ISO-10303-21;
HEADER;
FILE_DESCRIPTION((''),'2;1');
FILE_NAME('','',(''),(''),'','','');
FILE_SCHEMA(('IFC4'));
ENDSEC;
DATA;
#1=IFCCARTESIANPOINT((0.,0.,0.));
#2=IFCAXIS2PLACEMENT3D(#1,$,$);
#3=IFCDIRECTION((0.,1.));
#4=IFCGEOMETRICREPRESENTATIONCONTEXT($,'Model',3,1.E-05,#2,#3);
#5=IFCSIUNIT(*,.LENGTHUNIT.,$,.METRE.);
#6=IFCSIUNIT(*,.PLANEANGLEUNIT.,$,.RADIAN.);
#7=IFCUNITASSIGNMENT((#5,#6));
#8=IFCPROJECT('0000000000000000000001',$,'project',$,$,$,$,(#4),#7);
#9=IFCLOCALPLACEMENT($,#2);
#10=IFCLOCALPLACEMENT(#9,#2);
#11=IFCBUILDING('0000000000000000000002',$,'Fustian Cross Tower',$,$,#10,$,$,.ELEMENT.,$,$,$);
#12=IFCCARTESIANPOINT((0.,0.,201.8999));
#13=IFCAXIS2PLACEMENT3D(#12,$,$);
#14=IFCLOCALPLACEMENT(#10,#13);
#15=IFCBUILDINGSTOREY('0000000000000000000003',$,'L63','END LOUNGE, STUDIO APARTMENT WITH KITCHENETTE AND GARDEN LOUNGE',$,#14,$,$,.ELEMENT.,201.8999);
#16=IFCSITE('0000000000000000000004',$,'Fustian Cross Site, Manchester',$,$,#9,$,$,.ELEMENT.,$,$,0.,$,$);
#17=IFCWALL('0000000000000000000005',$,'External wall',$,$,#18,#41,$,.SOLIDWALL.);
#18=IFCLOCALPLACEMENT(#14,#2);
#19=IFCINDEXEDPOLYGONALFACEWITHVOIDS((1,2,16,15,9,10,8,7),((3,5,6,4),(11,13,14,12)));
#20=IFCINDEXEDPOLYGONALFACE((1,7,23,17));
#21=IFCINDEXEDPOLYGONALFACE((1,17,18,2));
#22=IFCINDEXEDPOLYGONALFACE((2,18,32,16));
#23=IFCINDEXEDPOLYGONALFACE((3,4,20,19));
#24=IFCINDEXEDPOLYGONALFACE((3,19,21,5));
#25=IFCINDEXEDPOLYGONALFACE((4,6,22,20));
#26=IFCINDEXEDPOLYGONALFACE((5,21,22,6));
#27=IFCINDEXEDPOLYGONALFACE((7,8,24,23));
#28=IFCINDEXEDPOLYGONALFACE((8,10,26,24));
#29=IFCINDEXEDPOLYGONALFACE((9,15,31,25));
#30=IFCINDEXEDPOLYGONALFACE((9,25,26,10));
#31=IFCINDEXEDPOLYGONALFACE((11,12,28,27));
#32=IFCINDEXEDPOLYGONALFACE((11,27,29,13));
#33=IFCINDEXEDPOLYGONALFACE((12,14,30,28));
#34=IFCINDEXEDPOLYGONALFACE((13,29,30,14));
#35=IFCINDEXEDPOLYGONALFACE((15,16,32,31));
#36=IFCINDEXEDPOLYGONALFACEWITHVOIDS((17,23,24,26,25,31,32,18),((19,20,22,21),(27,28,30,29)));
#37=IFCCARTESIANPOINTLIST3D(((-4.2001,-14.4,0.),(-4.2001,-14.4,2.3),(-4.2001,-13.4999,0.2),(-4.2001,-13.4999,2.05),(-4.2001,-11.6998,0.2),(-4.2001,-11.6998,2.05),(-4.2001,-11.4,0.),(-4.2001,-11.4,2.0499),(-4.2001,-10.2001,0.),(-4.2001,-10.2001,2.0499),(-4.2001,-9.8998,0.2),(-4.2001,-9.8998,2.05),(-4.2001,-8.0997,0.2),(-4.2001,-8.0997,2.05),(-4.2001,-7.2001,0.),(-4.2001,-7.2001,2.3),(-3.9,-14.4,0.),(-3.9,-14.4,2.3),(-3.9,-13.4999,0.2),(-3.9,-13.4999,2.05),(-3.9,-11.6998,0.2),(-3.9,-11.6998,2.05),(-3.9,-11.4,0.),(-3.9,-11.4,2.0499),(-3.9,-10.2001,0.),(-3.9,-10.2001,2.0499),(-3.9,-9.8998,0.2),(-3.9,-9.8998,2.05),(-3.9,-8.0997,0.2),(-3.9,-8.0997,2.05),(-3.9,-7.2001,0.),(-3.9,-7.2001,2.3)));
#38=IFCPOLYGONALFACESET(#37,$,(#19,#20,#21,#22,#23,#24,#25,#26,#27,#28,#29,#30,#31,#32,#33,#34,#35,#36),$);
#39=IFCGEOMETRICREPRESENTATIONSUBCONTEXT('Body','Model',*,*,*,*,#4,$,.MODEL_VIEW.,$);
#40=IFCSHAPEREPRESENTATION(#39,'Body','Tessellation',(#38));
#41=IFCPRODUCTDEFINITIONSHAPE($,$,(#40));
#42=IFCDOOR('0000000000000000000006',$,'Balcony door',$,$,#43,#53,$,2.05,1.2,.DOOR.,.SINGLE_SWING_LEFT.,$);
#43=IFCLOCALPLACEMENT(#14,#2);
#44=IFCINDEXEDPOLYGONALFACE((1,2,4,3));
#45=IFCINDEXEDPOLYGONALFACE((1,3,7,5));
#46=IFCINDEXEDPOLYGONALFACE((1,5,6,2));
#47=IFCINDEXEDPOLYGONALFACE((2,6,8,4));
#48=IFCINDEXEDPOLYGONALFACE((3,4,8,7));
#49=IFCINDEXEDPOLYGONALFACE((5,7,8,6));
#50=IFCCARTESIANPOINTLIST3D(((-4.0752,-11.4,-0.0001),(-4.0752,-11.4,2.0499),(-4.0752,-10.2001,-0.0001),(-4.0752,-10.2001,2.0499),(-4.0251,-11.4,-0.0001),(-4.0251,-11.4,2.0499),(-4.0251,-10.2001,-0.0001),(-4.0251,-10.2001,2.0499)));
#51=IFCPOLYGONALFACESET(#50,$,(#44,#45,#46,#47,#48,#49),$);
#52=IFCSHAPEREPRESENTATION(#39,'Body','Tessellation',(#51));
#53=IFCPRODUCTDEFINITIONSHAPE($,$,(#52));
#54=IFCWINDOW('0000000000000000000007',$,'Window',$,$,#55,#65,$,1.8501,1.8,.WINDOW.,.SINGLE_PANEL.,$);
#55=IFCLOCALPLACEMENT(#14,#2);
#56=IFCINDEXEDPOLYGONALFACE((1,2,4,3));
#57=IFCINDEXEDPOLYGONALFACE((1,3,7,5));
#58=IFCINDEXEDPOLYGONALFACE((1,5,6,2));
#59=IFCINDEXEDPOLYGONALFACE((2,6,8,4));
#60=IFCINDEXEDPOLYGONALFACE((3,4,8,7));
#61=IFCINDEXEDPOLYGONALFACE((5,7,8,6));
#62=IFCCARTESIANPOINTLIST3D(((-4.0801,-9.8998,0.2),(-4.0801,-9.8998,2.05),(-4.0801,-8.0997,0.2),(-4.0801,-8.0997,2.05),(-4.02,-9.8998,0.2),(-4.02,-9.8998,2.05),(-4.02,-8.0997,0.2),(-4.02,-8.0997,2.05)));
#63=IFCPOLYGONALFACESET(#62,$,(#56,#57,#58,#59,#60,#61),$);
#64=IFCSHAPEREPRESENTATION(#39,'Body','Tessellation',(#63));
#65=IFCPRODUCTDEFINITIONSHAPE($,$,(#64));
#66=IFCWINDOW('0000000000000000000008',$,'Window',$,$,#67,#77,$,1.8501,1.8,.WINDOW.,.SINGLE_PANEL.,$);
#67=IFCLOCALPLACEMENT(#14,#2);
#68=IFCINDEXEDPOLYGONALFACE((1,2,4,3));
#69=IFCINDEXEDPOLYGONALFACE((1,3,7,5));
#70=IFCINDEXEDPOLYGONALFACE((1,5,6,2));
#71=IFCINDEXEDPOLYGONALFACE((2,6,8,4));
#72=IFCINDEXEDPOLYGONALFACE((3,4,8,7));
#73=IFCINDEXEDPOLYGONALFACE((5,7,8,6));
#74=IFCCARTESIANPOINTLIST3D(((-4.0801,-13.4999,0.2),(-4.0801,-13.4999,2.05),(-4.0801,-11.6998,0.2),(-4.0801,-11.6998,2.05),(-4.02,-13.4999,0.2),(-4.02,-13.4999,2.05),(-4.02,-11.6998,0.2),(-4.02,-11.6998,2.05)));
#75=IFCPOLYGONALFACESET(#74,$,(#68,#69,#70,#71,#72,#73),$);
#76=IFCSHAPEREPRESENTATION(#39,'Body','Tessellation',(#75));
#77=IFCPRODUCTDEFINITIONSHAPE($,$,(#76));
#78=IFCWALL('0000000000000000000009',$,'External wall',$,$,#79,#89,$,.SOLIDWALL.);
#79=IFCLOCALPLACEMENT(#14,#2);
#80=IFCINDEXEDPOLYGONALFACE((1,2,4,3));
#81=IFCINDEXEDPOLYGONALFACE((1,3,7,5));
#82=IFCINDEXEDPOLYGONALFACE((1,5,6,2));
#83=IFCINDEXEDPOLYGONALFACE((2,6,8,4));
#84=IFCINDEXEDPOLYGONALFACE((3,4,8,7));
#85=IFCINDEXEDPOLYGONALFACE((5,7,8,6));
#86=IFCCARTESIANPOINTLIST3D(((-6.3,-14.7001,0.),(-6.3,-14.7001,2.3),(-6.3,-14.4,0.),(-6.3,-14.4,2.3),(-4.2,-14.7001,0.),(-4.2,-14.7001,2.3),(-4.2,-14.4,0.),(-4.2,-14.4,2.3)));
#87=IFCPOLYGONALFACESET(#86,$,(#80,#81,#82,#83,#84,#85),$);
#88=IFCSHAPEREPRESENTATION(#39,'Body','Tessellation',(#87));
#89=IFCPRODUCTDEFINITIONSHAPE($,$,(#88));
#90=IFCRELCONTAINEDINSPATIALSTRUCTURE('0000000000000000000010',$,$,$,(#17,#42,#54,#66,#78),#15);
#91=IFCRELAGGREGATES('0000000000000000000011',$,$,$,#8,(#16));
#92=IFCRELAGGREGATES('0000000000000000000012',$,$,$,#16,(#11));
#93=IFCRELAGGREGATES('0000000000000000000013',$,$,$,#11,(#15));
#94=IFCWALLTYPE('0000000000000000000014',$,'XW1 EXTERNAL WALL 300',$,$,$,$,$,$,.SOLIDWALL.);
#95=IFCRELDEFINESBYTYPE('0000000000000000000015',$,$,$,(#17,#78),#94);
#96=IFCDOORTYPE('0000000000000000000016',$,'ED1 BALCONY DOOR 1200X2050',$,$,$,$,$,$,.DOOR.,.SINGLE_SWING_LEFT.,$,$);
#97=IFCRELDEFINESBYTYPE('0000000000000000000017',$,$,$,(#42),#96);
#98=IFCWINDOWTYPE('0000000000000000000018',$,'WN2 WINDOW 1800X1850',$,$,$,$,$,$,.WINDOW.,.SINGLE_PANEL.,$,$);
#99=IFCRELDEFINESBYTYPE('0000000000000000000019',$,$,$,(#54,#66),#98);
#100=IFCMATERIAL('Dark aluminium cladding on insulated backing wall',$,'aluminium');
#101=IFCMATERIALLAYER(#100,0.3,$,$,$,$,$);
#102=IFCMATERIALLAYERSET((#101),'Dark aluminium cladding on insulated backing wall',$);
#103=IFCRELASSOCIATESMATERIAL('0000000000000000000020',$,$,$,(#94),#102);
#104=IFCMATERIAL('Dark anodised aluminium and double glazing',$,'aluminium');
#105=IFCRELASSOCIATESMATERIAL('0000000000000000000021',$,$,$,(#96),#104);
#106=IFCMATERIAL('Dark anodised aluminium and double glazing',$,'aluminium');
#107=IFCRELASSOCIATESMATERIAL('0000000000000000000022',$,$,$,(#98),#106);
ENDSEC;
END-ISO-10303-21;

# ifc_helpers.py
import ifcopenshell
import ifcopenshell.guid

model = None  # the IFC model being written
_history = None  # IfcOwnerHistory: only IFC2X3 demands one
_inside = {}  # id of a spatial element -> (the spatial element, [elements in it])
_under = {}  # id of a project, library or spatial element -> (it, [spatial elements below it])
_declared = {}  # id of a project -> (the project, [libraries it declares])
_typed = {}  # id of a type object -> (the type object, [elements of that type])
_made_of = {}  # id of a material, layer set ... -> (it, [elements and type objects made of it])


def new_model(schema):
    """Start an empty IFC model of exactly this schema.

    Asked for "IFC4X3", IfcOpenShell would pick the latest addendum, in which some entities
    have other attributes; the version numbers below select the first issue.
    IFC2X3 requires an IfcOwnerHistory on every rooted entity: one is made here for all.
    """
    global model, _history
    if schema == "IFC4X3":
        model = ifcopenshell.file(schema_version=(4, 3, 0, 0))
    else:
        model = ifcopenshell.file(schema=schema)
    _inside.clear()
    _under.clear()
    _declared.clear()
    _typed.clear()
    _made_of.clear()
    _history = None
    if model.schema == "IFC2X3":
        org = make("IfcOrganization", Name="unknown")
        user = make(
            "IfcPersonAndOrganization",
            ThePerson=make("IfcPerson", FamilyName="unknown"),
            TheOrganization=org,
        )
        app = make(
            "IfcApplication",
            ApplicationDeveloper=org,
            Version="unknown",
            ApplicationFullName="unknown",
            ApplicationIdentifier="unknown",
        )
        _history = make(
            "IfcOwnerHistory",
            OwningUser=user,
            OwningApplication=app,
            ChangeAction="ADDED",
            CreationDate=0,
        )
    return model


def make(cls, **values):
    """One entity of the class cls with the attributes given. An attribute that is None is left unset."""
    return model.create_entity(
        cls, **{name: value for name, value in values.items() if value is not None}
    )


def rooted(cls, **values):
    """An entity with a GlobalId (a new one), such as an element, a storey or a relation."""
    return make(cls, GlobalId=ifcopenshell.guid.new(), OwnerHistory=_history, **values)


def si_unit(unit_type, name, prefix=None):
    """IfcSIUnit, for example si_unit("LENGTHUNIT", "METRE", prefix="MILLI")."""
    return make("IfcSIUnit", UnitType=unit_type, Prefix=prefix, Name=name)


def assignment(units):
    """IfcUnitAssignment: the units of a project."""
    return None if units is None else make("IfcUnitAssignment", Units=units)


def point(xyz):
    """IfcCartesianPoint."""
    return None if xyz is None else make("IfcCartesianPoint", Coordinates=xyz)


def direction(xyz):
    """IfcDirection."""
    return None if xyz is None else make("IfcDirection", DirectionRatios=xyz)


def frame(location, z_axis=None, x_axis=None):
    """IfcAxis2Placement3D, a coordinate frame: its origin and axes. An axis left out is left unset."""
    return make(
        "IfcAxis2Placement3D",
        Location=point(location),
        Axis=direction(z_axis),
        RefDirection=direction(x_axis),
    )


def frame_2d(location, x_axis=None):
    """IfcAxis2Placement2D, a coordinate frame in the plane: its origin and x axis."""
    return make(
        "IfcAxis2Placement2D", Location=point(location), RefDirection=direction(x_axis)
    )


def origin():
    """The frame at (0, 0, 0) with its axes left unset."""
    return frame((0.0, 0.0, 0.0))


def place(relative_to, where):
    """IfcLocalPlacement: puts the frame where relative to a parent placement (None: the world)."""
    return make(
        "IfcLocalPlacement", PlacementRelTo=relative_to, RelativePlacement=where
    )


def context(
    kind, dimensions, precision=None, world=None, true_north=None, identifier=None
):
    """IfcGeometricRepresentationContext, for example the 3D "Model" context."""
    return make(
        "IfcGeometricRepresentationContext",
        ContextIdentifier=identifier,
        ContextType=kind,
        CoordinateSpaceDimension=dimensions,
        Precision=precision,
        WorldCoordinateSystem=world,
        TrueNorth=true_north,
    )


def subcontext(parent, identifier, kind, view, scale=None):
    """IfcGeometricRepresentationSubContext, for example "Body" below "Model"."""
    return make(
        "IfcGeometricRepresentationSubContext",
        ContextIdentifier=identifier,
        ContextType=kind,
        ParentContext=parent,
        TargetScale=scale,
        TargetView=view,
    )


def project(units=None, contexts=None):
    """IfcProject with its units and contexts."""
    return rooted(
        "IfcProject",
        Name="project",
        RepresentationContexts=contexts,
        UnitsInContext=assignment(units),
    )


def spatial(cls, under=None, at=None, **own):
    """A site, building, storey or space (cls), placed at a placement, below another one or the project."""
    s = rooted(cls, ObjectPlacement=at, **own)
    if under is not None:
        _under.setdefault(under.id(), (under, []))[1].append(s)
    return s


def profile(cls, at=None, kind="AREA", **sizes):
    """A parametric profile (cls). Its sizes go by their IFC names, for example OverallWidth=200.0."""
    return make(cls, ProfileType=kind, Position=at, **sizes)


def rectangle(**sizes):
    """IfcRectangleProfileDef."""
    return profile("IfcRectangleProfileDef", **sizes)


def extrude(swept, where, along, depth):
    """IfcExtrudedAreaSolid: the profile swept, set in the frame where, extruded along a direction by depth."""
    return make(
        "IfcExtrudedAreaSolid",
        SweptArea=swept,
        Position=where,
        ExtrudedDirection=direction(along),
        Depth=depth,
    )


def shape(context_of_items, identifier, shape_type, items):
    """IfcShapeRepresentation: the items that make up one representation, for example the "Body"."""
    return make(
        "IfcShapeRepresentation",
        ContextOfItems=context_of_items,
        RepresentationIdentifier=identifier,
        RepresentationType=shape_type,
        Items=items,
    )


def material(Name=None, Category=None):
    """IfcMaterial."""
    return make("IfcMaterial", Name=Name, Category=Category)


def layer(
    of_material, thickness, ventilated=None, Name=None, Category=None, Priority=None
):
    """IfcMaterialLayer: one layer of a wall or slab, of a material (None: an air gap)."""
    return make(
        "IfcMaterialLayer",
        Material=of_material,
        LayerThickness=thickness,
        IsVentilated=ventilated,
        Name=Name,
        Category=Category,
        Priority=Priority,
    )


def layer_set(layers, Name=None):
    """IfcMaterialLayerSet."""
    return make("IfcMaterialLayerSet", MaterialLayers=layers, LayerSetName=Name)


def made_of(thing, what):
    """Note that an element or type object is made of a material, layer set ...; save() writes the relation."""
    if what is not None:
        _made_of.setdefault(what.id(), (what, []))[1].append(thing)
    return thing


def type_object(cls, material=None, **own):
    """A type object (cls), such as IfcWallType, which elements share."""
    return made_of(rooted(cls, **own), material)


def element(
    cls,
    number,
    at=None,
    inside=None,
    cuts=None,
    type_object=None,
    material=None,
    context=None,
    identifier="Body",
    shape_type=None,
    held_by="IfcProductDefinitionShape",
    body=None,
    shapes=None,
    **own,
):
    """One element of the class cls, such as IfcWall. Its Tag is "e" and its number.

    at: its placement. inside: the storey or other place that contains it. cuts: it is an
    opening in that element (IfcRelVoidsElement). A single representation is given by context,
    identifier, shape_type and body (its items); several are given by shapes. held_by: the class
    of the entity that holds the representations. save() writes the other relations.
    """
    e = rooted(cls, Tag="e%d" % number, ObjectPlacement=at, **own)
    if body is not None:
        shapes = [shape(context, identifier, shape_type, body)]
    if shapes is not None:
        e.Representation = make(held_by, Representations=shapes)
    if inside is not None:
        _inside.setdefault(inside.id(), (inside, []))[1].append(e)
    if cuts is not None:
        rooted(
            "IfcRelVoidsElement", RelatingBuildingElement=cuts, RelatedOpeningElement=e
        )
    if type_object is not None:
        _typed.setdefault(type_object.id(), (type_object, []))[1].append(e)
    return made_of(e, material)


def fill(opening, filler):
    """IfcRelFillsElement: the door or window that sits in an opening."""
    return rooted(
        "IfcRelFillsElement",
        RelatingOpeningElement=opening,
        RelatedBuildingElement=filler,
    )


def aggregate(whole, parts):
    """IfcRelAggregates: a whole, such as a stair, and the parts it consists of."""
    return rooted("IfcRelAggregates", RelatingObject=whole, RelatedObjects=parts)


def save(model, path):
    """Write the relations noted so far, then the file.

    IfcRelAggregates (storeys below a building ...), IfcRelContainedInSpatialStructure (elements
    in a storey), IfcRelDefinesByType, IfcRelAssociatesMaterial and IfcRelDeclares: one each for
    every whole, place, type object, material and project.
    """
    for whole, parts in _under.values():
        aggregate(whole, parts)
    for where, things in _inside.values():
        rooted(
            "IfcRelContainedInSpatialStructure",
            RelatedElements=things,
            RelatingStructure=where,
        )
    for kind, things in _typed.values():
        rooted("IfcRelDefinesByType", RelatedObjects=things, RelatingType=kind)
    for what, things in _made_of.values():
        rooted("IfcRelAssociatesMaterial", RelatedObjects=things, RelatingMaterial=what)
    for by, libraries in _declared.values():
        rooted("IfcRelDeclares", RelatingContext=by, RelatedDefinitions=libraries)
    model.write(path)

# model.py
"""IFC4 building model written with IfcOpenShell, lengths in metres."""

from ifc_helpers import new_model, si_unit, direction, frame, frame_2d, origin, place, context, subcontext, project, spatial, rectangle, extrude, material, layer, layer_set, type_object, element, fill, save


model = new_model("IFC4")

# Units and contexts
model_context = context("Model", 3, precision=1e-05, world=origin(), true_north=direction((0.0, 1.0)))
body_context = subcontext(model_context, "Body", "Model", "MODEL_VIEW")
ifc_project = project(units=[si_unit("LENGTHUNIT", "METRE"), si_unit("PLANEANGLEUNIT", "RADIAN")], contexts=[model_context])

# Site, building, storey
site_placement = place(None, origin())
site = spatial("IfcSite", under=ifc_project, at=site_placement, Name="Fustian Cross Site, Manchester", CompositionType="ELEMENT", RefElevation=0.0)
building_placement = place(site_placement, origin())
building = spatial("IfcBuilding", under=site, at=building_placement, Name="Fustian Cross Tower", CompositionType="ELEMENT")
storey_placement = place(building_placement, frame((0.0, 0.0, 201.8999)))
storey = spatial("IfcBuildingStorey", under=building, at=storey_placement, Name="L63", Description="END LOUNGE, STUDIO APARTMENT WITH KITCHENETTE AND GARDEN LOUNGE", CompositionType="ELEMENT", Elevation=201.8999)

# Wall, openings, door, windows
ifc_material_1 = material(Name="Dark aluminium cladding on insulated backing wall", Category="aluminium")
ifc_layer_1 = layer(ifc_material_1, 0.3)
ifc_layer_set_1 = layer_set([ifc_layer_1], Name="Dark aluminium cladding on insulated backing wall")
wall_type_1 = type_object("IfcWallType", Name="XW1 EXTERNAL WALL 300", PredefinedType="SOLIDWALL", material=ifc_layer_set_1)
wall_1_placement = place(storey_placement, frame((-4.05, -7.2, 0.0), z_axis=(0.0, 0.0, 1.0), x_axis=(0.0, -1.0, 0.0)))
wall_1 = element("IfcWall", 1, at=wall_1_placement, inside=storey, type_object=wall_type_1, Name="External wall", PredefinedType="SOLIDWALL", context=body_context, shape_type="SweptSolid", body=[
    extrude(rectangle(XDim=7.2, YDim=0.3, at=frame_2d((3.6001, 0.0))), origin(), (0.0, 0.0, 1.0), 2.3),
])
opening_1_placement = place(wall_1_placement, frame((3.0, 0.0, 0.0)))
opening_1 = element("IfcOpeningElement", 2, at=opening_1_placement, cuts=wall_1, PredefinedType="OPENING", context=body_context, shape_type="SweptSolid", body=[
    extrude(rectangle(XDim=1.2, YDim=2.05, at=frame_2d((0.6001, 1.0249))), frame((0.0, 0.1599, 0.0), z_axis=(0.0, -1.0, 0.0), x_axis=(1.0, 0.0, 0.0)), (0.0, 0.0, 1.0), 0.3201),
])
opening_2_placement = place(wall_1_placement, frame((0.8999, 0.0, 0.2)))
opening_2 = element("IfcOpeningElement", 3, at=opening_2_placement, cuts=wall_1, PredefinedType="OPENING", context=body_context, shape_type="SweptSolid", body=[
    extrude(rectangle(XDim=1.8, YDim=1.8501, at=frame_2d((0.8999, 0.925))), frame((0.0, 0.1599, 0.0), z_axis=(0.0, -1.0, 0.0), x_axis=(1.0, 0.0, 0.0)), (0.0, 0.0, 1.0), 0.3201),
])
opening_3_placement = place(wall_1_placement, frame((4.5, 0.0, 0.2)))
opening_3 = element("IfcOpeningElement", 4, at=opening_3_placement, cuts=wall_1, PredefinedType="OPENING", context=body_context, shape_type="SweptSolid", body=[
    extrude(rectangle(XDim=1.8, YDim=1.8501, at=frame_2d((0.8999, 0.925))), frame((0.0, 0.1599, 0.0), z_axis=(0.0, -1.0, 0.0), x_axis=(1.0, 0.0, 0.0)), (0.0, 0.0, 1.0), 0.3201),
])
ifc_material_2 = material(Name="Dark anodised aluminium and double glazing", Category="aluminium")
door_type = type_object("IfcDoorType", Name="ED1 BALCONY DOOR 1200X2050", OperationType="SINGLE_SWING_LEFT", PredefinedType="DOOR", material=ifc_material_2)
door_placement = place(opening_1_placement, origin())
door = element("IfcDoor", 5, at=door_placement, inside=storey, type_object=door_type, Name="Balcony door", OperationType="SINGLE_SWING_LEFT", OverallHeight=2.05, OverallWidth=1.2, PredefinedType="DOOR", context=body_context, shape_type="SweptSolid", body=[
    extrude(rectangle(XDim=1.2, YDim=2.05, at=frame_2d((0.6001, 1.0249))), frame((0.0, 0.0249, 0.0), z_axis=(0.0, -1.0, 0.0), x_axis=(1.0, 0.0, 0.0)), (0.0, 0.0, 1.0), 0.05),
])
fill(opening_1, door)
ifc_material_3 = material(Name="Dark anodised aluminium and double glazing", Category="aluminium")
window_type = type_object("IfcWindowType", Name="WN2 WINDOW 1800X1850", PartitioningType="SINGLE_PANEL", PredefinedType="WINDOW", material=ifc_material_3)
window_1_placement = place(opening_2_placement, origin())
window_1 = element("IfcWindow", 6, at=window_1_placement, inside=storey, type_object=window_type, Name="Window", OverallHeight=1.8501, OverallWidth=1.8, PartitioningType="SINGLE_PANEL", PredefinedType="WINDOW", context=body_context, shape_type="SweptSolid", body=[
    extrude(rectangle(XDim=1.8, YDim=1.8501, at=frame_2d((0.8999, 0.925))), frame((0.0, 0.03, 0.0), z_axis=(0.0, -1.0, 0.0), x_axis=(1.0, 0.0, 0.0)), (0.0, 0.0, 1.0), 0.0601),
])
fill(opening_2, window_1)
window_2_placement = place(opening_3_placement, origin())
window_2 = element("IfcWindow", 7, at=window_2_placement, inside=storey, type_object=window_type, Name="Window", OverallHeight=1.8501, OverallWidth=1.8, PartitioningType="SINGLE_PANEL", PredefinedType="WINDOW", context=body_context, shape_type="SweptSolid", body=[
    extrude(rectangle(XDim=1.8, YDim=1.8501, at=frame_2d((0.8999, 0.925))), frame((0.0, 0.03, 0.0), z_axis=(0.0, -1.0, 0.0), x_axis=(1.0, 0.0, 0.0)), (0.0, 0.0, 1.0), 0.0601),
])
fill(opening_3, window_2)

# Wall
wall_2_placement = place(storey_placement, frame((-4.2, -14.55, 0.0), z_axis=(0.0, 0.0, 1.0), x_axis=(-1.0, 0.0, 0.0)))
element("IfcWall", 8, at=wall_2_placement, inside=storey, type_object=wall_type_1, Name="External wall", PredefinedType="SOLIDWALL", context=body_context, shape_type="SweptSolid", body=[
    extrude(rectangle(XDim=2.1001, YDim=0.3, at=frame_2d((1.05, 0.0))), origin(), (0.0, 0.0, 1.0), 2.3),
])

save(model, "model.ifc")
